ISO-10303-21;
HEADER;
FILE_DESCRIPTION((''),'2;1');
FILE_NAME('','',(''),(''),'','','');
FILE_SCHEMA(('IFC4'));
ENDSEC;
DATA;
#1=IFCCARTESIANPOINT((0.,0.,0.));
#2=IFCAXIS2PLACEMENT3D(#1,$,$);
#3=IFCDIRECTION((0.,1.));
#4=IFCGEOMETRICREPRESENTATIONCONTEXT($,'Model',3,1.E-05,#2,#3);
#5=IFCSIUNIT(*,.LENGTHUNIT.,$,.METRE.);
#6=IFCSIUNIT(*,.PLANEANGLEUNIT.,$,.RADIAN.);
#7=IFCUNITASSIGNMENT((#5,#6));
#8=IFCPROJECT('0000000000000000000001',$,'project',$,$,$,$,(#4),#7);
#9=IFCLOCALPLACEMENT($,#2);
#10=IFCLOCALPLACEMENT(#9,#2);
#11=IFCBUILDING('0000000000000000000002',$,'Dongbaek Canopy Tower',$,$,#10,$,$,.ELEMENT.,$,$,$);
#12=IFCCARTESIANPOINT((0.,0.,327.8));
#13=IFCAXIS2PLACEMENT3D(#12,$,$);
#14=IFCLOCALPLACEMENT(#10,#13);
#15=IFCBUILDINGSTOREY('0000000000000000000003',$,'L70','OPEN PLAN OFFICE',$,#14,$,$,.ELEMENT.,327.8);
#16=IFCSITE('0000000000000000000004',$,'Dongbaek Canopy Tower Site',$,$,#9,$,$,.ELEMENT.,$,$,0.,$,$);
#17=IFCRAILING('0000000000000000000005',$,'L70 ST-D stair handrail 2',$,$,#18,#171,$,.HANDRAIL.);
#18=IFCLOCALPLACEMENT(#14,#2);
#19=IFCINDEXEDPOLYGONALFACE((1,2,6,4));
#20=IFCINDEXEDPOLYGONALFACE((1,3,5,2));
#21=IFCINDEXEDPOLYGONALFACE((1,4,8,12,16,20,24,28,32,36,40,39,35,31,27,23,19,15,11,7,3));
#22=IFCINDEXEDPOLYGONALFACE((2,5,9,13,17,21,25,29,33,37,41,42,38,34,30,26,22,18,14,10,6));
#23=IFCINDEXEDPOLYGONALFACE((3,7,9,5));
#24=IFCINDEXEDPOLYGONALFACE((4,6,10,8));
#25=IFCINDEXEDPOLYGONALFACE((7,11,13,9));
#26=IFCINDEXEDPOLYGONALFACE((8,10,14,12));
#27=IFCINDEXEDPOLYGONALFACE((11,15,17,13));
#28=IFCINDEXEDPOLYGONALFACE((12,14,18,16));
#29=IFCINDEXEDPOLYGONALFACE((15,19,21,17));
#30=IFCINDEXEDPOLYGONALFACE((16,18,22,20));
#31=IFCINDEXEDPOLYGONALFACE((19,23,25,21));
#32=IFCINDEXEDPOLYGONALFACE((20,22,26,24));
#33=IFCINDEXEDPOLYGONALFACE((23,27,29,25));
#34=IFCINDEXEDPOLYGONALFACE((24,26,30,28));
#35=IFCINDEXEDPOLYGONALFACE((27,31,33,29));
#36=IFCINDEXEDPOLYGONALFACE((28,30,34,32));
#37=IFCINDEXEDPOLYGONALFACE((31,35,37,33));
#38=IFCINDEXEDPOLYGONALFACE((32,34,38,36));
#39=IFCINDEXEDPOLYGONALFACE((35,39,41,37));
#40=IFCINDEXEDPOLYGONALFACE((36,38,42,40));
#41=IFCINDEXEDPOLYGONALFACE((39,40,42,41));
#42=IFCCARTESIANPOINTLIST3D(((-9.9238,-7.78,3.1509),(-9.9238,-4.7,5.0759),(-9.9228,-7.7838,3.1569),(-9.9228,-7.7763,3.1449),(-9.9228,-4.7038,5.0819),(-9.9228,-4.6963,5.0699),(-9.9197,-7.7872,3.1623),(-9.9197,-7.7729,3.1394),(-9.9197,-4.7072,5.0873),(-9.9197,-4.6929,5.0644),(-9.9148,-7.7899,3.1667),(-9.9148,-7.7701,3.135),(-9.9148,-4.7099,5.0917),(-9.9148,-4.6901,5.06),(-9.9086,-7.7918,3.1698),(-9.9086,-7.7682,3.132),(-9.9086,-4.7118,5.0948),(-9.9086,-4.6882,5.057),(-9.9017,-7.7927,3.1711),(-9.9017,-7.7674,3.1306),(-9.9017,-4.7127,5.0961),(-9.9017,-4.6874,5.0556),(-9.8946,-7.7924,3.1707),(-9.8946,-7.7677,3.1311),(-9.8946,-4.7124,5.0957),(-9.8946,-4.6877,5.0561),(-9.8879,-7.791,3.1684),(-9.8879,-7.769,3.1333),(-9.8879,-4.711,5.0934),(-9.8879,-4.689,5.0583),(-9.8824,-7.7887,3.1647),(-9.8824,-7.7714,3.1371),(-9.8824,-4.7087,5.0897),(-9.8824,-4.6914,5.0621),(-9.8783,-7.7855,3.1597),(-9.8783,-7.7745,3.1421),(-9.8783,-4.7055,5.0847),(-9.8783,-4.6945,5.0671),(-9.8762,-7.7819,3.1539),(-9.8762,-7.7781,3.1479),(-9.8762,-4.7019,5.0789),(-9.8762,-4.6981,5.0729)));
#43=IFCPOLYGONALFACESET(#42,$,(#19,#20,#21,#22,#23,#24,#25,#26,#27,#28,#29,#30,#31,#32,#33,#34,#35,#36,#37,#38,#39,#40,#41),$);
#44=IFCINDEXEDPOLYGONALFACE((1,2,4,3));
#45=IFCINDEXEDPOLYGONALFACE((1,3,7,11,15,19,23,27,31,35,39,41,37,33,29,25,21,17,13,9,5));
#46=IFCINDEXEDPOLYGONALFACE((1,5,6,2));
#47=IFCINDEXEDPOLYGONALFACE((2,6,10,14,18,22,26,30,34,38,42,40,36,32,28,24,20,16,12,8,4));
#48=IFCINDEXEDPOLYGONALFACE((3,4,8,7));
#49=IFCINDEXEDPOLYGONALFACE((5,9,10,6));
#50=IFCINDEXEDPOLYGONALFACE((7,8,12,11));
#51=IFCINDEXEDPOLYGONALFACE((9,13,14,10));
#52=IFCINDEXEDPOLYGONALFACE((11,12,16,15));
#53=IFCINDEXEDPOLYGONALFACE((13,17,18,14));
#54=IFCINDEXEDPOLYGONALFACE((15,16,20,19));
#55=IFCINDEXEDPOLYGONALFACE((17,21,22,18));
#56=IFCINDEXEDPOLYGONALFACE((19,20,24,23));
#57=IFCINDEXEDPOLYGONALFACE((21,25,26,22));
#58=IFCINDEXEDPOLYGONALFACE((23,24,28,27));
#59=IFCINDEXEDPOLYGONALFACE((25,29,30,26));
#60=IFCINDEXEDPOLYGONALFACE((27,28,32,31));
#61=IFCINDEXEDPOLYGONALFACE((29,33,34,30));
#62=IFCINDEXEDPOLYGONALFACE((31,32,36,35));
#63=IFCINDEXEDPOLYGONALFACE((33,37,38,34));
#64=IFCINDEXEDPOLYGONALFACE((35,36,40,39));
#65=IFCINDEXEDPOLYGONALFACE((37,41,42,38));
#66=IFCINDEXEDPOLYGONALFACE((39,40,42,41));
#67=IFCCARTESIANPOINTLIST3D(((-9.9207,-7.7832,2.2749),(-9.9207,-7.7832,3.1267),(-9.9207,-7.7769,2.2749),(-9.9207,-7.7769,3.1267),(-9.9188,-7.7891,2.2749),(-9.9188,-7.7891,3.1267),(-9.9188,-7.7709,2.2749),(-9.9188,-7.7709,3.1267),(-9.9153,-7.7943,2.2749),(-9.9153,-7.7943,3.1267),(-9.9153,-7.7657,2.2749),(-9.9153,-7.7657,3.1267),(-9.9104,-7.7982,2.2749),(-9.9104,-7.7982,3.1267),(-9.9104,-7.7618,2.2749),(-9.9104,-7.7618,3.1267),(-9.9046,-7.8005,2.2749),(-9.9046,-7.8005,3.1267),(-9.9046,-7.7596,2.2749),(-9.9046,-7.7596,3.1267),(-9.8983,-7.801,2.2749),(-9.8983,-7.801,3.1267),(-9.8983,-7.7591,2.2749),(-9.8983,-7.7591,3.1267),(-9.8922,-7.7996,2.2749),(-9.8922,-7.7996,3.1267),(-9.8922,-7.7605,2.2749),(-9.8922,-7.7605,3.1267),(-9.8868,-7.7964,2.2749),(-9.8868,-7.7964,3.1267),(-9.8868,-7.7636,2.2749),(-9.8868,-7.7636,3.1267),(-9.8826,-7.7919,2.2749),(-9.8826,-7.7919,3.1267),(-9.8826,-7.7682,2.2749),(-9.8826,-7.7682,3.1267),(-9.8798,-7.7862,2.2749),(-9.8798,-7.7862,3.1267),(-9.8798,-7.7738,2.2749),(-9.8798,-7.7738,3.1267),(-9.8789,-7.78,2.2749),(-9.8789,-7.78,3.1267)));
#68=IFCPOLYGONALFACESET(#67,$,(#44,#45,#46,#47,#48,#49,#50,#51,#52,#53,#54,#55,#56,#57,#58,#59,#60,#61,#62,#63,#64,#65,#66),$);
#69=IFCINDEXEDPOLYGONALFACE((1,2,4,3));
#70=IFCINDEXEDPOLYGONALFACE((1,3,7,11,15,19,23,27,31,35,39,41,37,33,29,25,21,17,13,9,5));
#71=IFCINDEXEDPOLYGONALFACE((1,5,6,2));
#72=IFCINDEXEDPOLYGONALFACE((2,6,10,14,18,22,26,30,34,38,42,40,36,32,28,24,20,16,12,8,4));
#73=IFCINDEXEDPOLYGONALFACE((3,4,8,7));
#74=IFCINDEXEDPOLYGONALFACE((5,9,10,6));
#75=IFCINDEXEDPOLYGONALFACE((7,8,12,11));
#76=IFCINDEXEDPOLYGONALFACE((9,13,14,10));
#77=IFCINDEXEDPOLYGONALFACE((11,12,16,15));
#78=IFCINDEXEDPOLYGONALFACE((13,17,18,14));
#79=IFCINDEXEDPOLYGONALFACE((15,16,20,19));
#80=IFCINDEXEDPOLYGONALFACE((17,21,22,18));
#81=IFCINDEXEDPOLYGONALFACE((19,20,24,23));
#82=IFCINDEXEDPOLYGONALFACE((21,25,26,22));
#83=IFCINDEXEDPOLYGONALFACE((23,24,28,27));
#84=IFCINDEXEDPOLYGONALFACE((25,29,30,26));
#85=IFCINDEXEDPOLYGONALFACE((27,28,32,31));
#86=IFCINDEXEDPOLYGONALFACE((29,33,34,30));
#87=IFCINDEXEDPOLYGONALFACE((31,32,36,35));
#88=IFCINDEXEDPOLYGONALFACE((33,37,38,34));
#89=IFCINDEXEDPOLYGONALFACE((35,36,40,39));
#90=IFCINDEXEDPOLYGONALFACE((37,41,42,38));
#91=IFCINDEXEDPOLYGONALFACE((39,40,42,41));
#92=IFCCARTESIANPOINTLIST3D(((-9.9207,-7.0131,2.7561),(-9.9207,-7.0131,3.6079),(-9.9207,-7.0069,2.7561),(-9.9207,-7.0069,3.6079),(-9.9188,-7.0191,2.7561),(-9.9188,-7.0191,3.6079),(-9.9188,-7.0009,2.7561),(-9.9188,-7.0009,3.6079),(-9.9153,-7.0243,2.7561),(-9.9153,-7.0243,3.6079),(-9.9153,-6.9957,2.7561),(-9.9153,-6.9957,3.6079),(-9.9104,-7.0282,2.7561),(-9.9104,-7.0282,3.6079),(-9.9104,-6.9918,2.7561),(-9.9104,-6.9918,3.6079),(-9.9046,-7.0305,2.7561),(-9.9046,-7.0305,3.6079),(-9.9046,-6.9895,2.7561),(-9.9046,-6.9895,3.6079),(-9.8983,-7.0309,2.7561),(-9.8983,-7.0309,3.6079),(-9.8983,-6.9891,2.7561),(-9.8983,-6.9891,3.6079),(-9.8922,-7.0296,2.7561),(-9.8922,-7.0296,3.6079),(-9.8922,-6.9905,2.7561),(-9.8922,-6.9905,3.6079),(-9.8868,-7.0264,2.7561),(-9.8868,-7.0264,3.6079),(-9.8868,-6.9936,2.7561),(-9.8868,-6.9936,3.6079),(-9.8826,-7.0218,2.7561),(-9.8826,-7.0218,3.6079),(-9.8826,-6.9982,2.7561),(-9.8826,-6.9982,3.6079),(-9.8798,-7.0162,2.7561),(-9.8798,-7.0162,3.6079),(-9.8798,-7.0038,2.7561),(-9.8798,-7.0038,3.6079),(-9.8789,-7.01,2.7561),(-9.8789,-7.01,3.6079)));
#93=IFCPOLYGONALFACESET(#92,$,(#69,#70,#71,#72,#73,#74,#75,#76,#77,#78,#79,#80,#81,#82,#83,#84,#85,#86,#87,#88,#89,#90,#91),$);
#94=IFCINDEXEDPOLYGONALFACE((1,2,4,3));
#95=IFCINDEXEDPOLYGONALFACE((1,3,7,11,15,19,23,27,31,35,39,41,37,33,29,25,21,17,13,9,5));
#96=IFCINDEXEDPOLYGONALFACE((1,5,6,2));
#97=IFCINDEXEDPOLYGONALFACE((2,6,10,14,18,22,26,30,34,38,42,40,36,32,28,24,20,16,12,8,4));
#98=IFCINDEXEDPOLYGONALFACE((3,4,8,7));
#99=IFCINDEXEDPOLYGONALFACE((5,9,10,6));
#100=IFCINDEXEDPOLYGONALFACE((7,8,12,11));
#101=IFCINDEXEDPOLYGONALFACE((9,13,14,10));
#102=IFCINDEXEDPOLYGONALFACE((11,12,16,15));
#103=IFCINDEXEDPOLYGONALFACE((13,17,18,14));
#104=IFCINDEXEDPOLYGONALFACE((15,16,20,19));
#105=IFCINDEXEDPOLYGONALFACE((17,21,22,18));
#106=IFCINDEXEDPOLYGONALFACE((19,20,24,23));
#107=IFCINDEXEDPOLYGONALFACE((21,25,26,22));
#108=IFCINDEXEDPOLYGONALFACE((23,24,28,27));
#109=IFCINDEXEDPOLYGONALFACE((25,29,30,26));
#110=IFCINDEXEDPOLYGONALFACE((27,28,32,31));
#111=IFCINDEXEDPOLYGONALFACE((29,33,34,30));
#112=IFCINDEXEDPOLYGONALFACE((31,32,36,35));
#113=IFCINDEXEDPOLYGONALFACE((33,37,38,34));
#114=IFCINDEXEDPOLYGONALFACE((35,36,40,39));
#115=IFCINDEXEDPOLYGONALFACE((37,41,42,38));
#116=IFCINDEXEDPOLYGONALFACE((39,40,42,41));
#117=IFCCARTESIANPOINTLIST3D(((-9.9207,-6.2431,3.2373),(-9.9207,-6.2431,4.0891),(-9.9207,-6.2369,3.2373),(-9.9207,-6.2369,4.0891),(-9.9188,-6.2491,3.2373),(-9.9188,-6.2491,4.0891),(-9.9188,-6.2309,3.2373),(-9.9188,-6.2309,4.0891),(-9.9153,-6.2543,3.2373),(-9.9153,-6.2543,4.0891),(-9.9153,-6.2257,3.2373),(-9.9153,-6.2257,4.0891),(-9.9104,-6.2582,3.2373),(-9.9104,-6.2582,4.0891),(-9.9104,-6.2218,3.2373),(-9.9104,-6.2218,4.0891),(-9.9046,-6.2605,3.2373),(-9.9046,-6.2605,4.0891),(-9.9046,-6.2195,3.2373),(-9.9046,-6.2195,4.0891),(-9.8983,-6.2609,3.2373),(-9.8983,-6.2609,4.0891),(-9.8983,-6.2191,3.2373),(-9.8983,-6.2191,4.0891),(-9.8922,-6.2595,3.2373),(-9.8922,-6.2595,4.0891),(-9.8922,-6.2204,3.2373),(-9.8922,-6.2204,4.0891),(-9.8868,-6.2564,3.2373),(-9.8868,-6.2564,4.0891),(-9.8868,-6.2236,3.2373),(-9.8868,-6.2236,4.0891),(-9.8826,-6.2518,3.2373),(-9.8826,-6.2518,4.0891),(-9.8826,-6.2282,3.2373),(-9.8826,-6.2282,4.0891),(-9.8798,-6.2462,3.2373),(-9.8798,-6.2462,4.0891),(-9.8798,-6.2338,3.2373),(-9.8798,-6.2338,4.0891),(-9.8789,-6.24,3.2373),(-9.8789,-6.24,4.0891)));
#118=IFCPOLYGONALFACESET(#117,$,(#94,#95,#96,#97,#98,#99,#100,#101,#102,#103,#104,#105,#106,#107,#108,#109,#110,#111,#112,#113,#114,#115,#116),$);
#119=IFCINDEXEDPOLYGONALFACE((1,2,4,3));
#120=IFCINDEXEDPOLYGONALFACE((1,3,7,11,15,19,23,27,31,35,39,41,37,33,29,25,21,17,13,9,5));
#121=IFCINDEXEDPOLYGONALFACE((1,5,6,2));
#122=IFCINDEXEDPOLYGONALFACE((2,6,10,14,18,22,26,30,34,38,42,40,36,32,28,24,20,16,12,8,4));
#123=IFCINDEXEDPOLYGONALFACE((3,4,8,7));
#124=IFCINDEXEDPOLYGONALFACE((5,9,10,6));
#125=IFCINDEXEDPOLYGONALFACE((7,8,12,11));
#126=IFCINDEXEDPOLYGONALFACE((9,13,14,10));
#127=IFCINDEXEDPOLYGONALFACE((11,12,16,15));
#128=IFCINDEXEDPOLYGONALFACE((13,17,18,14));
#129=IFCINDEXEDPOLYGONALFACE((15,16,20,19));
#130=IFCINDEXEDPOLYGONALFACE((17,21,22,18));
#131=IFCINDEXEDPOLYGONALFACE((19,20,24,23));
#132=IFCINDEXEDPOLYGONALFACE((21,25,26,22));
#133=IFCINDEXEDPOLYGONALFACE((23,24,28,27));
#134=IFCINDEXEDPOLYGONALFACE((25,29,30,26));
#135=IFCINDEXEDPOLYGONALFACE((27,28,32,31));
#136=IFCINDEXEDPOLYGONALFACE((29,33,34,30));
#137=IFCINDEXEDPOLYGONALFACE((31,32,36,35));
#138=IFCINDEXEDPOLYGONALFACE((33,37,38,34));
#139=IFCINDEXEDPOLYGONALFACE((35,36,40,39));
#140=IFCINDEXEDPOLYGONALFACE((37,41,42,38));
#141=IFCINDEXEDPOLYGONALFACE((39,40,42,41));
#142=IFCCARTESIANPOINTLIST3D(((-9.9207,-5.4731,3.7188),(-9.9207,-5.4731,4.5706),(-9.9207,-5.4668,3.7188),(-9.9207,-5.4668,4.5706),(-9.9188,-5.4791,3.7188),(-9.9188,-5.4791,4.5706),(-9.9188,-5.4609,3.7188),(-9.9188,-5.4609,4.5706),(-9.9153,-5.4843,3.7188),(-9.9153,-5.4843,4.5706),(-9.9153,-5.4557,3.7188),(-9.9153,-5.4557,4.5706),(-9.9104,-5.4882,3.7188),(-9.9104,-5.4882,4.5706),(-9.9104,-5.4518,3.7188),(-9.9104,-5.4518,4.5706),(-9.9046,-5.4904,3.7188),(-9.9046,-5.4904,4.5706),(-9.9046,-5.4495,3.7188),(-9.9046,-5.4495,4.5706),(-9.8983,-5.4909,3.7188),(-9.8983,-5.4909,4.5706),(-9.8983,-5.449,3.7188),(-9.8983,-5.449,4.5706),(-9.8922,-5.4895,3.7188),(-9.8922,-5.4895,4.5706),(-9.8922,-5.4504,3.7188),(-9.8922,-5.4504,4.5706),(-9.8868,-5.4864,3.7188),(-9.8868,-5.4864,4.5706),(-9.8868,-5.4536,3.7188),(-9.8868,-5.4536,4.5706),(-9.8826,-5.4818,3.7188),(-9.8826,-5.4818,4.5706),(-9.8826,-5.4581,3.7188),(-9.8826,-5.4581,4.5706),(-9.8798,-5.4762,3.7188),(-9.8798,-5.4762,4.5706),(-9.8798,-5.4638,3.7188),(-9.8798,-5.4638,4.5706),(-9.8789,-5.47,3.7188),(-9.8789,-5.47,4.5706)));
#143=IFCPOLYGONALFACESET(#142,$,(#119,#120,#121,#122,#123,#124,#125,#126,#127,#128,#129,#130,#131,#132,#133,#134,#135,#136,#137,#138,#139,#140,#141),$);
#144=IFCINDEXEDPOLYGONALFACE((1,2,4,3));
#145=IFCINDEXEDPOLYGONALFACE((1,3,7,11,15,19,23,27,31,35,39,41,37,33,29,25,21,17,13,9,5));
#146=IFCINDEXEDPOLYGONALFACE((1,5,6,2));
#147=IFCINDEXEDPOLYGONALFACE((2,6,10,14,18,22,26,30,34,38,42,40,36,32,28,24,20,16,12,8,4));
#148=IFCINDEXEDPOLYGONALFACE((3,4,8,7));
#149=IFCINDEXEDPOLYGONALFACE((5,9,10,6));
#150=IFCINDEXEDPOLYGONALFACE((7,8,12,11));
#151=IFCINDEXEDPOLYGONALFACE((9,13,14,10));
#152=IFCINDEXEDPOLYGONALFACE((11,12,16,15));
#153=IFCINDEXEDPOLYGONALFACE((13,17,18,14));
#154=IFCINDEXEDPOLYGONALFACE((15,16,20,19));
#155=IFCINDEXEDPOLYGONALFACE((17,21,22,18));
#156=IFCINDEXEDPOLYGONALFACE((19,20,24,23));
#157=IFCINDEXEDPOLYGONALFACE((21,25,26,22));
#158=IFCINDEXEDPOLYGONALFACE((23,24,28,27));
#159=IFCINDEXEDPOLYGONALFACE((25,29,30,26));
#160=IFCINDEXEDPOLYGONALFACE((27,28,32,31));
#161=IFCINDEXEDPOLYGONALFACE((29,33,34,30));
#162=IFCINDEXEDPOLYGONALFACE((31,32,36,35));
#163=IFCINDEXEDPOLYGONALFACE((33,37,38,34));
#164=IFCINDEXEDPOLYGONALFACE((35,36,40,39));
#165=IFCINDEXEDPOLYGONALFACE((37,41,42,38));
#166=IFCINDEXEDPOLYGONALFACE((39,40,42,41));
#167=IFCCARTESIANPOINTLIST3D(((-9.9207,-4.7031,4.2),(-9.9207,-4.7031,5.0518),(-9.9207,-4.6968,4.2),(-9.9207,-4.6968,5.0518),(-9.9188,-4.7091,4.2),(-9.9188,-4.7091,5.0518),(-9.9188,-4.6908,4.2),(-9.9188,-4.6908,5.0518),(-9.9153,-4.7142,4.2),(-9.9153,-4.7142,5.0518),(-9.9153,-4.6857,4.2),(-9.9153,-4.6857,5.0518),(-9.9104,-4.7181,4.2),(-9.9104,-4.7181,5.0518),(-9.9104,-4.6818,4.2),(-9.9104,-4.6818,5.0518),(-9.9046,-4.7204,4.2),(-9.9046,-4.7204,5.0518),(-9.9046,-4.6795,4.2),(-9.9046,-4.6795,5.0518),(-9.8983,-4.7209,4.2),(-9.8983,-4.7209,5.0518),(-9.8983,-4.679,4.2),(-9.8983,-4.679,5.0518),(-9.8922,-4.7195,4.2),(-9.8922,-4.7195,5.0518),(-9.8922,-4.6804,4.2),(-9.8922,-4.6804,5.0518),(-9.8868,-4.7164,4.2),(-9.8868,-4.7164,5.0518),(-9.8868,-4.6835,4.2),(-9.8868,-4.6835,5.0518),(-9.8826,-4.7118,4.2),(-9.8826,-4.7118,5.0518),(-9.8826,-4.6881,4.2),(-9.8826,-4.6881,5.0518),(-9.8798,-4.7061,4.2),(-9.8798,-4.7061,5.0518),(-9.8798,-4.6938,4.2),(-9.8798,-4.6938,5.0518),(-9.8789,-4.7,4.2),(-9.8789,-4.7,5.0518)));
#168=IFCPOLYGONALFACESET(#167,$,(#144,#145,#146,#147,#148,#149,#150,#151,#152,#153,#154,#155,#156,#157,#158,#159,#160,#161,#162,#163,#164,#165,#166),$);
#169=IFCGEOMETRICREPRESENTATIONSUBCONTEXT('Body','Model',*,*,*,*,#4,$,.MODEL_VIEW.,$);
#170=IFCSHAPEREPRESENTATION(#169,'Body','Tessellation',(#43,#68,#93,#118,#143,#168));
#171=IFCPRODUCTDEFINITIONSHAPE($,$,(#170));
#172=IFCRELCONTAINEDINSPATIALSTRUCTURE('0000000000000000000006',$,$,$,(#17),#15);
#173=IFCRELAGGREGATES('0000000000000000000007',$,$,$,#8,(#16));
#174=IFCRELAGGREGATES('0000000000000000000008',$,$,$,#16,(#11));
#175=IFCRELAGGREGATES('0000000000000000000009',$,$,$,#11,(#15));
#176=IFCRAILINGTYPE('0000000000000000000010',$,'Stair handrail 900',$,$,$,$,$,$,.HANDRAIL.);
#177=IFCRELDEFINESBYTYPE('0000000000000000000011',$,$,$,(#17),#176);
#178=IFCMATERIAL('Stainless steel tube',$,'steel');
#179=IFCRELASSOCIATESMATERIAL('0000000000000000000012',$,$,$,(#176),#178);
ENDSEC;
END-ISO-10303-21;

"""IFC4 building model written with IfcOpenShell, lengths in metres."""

from ifc_helpers import new_model, si_unit, direction, frame, origin, origin_2d, place, context, subcontext, project, spatial, circle, extrude, material, type_object, element, save


model = new_model("IFC4")

# Units and contexts
model_context = context("Model", 3, precision=1e-05, world=origin(), true_north=direction((0.0, 1.0)))
body_context = subcontext(model_context, "Body", "Model", "MODEL_VIEW")
ifc_project = project(units=[si_unit("LENGTHUNIT", "METRE"), si_unit("PLANEANGLEUNIT", "RADIAN")], contexts=[model_context])

# Site, building, storey
site_placement = place(None, origin())
site = spatial("IfcSite", under=ifc_project, at=site_placement, Name="Dongbaek Canopy Tower Site", CompositionType="ELEMENT", RefElevation=0.0)
building_placement = place(site_placement, origin())
building = spatial("IfcBuilding", under=site, at=building_placement, Name="Dongbaek Canopy Tower", CompositionType="ELEMENT")
storey_placement = place(building_placement, frame((0.0, 0.0, 327.8)))
storey = spatial("IfcBuildingStorey", under=building, at=storey_placement, Name="L70", Description="OPEN PLAN OFFICE", CompositionType="ELEMENT", Elevation=327.8)

# Railing
ifc_material_1 = material(Name="Stainless steel tube", Category="steel")
railing_type_1 = type_object("IfcRailingType", Name="Stair handrail 900", PredefinedType="HANDRAIL", material=ifc_material_1)
railing_1_placement = place(storey_placement, frame((-9.8999, -7.78, 2.2749)))
element("IfcRailing", 1, at=railing_1_placement, inside=storey, type_object=railing_type_1, Name="L70 ST-D stair handrail 2", PredefinedType="HANDRAIL", context=body_context, shape_type="SweptSolid", body=[
    extrude(circle(Radius=0.0239, at=origin_2d()), frame((0.0, 0.0, 0.876), z_axis=(0.0, 0.847998, 0.529999), x_axis=(-1.0, 0.0, 0.0)), (0.0, 0.0, 1.0), 3.6321),
    extrude(circle(Radius=0.021, at=origin_2d()), origin(), (0.0, 0.0, 1.0), 0.8518),
    extrude(circle(Radius=0.021, at=origin_2d()), frame((0.0, 0.77, 0.4812)), (0.0, 0.0, 1.0), 0.8518),
    extrude(circle(Radius=0.021, at=origin_2d()), frame((0.0, 1.54, 0.9624)), (0.0, 0.0, 1.0), 0.8518),
    extrude(circle(Radius=0.021, at=origin_2d()), frame((0.0, 2.3101, 1.4438)), (0.0, 0.0, 1.0), 0.8518),
    extrude(circle(Radius=0.021, at=origin_2d()), frame((0.0, 3.0801, 1.925)), (0.0, 0.0, 1.0), 0.8518),
])

save(model, "model.ifc")
